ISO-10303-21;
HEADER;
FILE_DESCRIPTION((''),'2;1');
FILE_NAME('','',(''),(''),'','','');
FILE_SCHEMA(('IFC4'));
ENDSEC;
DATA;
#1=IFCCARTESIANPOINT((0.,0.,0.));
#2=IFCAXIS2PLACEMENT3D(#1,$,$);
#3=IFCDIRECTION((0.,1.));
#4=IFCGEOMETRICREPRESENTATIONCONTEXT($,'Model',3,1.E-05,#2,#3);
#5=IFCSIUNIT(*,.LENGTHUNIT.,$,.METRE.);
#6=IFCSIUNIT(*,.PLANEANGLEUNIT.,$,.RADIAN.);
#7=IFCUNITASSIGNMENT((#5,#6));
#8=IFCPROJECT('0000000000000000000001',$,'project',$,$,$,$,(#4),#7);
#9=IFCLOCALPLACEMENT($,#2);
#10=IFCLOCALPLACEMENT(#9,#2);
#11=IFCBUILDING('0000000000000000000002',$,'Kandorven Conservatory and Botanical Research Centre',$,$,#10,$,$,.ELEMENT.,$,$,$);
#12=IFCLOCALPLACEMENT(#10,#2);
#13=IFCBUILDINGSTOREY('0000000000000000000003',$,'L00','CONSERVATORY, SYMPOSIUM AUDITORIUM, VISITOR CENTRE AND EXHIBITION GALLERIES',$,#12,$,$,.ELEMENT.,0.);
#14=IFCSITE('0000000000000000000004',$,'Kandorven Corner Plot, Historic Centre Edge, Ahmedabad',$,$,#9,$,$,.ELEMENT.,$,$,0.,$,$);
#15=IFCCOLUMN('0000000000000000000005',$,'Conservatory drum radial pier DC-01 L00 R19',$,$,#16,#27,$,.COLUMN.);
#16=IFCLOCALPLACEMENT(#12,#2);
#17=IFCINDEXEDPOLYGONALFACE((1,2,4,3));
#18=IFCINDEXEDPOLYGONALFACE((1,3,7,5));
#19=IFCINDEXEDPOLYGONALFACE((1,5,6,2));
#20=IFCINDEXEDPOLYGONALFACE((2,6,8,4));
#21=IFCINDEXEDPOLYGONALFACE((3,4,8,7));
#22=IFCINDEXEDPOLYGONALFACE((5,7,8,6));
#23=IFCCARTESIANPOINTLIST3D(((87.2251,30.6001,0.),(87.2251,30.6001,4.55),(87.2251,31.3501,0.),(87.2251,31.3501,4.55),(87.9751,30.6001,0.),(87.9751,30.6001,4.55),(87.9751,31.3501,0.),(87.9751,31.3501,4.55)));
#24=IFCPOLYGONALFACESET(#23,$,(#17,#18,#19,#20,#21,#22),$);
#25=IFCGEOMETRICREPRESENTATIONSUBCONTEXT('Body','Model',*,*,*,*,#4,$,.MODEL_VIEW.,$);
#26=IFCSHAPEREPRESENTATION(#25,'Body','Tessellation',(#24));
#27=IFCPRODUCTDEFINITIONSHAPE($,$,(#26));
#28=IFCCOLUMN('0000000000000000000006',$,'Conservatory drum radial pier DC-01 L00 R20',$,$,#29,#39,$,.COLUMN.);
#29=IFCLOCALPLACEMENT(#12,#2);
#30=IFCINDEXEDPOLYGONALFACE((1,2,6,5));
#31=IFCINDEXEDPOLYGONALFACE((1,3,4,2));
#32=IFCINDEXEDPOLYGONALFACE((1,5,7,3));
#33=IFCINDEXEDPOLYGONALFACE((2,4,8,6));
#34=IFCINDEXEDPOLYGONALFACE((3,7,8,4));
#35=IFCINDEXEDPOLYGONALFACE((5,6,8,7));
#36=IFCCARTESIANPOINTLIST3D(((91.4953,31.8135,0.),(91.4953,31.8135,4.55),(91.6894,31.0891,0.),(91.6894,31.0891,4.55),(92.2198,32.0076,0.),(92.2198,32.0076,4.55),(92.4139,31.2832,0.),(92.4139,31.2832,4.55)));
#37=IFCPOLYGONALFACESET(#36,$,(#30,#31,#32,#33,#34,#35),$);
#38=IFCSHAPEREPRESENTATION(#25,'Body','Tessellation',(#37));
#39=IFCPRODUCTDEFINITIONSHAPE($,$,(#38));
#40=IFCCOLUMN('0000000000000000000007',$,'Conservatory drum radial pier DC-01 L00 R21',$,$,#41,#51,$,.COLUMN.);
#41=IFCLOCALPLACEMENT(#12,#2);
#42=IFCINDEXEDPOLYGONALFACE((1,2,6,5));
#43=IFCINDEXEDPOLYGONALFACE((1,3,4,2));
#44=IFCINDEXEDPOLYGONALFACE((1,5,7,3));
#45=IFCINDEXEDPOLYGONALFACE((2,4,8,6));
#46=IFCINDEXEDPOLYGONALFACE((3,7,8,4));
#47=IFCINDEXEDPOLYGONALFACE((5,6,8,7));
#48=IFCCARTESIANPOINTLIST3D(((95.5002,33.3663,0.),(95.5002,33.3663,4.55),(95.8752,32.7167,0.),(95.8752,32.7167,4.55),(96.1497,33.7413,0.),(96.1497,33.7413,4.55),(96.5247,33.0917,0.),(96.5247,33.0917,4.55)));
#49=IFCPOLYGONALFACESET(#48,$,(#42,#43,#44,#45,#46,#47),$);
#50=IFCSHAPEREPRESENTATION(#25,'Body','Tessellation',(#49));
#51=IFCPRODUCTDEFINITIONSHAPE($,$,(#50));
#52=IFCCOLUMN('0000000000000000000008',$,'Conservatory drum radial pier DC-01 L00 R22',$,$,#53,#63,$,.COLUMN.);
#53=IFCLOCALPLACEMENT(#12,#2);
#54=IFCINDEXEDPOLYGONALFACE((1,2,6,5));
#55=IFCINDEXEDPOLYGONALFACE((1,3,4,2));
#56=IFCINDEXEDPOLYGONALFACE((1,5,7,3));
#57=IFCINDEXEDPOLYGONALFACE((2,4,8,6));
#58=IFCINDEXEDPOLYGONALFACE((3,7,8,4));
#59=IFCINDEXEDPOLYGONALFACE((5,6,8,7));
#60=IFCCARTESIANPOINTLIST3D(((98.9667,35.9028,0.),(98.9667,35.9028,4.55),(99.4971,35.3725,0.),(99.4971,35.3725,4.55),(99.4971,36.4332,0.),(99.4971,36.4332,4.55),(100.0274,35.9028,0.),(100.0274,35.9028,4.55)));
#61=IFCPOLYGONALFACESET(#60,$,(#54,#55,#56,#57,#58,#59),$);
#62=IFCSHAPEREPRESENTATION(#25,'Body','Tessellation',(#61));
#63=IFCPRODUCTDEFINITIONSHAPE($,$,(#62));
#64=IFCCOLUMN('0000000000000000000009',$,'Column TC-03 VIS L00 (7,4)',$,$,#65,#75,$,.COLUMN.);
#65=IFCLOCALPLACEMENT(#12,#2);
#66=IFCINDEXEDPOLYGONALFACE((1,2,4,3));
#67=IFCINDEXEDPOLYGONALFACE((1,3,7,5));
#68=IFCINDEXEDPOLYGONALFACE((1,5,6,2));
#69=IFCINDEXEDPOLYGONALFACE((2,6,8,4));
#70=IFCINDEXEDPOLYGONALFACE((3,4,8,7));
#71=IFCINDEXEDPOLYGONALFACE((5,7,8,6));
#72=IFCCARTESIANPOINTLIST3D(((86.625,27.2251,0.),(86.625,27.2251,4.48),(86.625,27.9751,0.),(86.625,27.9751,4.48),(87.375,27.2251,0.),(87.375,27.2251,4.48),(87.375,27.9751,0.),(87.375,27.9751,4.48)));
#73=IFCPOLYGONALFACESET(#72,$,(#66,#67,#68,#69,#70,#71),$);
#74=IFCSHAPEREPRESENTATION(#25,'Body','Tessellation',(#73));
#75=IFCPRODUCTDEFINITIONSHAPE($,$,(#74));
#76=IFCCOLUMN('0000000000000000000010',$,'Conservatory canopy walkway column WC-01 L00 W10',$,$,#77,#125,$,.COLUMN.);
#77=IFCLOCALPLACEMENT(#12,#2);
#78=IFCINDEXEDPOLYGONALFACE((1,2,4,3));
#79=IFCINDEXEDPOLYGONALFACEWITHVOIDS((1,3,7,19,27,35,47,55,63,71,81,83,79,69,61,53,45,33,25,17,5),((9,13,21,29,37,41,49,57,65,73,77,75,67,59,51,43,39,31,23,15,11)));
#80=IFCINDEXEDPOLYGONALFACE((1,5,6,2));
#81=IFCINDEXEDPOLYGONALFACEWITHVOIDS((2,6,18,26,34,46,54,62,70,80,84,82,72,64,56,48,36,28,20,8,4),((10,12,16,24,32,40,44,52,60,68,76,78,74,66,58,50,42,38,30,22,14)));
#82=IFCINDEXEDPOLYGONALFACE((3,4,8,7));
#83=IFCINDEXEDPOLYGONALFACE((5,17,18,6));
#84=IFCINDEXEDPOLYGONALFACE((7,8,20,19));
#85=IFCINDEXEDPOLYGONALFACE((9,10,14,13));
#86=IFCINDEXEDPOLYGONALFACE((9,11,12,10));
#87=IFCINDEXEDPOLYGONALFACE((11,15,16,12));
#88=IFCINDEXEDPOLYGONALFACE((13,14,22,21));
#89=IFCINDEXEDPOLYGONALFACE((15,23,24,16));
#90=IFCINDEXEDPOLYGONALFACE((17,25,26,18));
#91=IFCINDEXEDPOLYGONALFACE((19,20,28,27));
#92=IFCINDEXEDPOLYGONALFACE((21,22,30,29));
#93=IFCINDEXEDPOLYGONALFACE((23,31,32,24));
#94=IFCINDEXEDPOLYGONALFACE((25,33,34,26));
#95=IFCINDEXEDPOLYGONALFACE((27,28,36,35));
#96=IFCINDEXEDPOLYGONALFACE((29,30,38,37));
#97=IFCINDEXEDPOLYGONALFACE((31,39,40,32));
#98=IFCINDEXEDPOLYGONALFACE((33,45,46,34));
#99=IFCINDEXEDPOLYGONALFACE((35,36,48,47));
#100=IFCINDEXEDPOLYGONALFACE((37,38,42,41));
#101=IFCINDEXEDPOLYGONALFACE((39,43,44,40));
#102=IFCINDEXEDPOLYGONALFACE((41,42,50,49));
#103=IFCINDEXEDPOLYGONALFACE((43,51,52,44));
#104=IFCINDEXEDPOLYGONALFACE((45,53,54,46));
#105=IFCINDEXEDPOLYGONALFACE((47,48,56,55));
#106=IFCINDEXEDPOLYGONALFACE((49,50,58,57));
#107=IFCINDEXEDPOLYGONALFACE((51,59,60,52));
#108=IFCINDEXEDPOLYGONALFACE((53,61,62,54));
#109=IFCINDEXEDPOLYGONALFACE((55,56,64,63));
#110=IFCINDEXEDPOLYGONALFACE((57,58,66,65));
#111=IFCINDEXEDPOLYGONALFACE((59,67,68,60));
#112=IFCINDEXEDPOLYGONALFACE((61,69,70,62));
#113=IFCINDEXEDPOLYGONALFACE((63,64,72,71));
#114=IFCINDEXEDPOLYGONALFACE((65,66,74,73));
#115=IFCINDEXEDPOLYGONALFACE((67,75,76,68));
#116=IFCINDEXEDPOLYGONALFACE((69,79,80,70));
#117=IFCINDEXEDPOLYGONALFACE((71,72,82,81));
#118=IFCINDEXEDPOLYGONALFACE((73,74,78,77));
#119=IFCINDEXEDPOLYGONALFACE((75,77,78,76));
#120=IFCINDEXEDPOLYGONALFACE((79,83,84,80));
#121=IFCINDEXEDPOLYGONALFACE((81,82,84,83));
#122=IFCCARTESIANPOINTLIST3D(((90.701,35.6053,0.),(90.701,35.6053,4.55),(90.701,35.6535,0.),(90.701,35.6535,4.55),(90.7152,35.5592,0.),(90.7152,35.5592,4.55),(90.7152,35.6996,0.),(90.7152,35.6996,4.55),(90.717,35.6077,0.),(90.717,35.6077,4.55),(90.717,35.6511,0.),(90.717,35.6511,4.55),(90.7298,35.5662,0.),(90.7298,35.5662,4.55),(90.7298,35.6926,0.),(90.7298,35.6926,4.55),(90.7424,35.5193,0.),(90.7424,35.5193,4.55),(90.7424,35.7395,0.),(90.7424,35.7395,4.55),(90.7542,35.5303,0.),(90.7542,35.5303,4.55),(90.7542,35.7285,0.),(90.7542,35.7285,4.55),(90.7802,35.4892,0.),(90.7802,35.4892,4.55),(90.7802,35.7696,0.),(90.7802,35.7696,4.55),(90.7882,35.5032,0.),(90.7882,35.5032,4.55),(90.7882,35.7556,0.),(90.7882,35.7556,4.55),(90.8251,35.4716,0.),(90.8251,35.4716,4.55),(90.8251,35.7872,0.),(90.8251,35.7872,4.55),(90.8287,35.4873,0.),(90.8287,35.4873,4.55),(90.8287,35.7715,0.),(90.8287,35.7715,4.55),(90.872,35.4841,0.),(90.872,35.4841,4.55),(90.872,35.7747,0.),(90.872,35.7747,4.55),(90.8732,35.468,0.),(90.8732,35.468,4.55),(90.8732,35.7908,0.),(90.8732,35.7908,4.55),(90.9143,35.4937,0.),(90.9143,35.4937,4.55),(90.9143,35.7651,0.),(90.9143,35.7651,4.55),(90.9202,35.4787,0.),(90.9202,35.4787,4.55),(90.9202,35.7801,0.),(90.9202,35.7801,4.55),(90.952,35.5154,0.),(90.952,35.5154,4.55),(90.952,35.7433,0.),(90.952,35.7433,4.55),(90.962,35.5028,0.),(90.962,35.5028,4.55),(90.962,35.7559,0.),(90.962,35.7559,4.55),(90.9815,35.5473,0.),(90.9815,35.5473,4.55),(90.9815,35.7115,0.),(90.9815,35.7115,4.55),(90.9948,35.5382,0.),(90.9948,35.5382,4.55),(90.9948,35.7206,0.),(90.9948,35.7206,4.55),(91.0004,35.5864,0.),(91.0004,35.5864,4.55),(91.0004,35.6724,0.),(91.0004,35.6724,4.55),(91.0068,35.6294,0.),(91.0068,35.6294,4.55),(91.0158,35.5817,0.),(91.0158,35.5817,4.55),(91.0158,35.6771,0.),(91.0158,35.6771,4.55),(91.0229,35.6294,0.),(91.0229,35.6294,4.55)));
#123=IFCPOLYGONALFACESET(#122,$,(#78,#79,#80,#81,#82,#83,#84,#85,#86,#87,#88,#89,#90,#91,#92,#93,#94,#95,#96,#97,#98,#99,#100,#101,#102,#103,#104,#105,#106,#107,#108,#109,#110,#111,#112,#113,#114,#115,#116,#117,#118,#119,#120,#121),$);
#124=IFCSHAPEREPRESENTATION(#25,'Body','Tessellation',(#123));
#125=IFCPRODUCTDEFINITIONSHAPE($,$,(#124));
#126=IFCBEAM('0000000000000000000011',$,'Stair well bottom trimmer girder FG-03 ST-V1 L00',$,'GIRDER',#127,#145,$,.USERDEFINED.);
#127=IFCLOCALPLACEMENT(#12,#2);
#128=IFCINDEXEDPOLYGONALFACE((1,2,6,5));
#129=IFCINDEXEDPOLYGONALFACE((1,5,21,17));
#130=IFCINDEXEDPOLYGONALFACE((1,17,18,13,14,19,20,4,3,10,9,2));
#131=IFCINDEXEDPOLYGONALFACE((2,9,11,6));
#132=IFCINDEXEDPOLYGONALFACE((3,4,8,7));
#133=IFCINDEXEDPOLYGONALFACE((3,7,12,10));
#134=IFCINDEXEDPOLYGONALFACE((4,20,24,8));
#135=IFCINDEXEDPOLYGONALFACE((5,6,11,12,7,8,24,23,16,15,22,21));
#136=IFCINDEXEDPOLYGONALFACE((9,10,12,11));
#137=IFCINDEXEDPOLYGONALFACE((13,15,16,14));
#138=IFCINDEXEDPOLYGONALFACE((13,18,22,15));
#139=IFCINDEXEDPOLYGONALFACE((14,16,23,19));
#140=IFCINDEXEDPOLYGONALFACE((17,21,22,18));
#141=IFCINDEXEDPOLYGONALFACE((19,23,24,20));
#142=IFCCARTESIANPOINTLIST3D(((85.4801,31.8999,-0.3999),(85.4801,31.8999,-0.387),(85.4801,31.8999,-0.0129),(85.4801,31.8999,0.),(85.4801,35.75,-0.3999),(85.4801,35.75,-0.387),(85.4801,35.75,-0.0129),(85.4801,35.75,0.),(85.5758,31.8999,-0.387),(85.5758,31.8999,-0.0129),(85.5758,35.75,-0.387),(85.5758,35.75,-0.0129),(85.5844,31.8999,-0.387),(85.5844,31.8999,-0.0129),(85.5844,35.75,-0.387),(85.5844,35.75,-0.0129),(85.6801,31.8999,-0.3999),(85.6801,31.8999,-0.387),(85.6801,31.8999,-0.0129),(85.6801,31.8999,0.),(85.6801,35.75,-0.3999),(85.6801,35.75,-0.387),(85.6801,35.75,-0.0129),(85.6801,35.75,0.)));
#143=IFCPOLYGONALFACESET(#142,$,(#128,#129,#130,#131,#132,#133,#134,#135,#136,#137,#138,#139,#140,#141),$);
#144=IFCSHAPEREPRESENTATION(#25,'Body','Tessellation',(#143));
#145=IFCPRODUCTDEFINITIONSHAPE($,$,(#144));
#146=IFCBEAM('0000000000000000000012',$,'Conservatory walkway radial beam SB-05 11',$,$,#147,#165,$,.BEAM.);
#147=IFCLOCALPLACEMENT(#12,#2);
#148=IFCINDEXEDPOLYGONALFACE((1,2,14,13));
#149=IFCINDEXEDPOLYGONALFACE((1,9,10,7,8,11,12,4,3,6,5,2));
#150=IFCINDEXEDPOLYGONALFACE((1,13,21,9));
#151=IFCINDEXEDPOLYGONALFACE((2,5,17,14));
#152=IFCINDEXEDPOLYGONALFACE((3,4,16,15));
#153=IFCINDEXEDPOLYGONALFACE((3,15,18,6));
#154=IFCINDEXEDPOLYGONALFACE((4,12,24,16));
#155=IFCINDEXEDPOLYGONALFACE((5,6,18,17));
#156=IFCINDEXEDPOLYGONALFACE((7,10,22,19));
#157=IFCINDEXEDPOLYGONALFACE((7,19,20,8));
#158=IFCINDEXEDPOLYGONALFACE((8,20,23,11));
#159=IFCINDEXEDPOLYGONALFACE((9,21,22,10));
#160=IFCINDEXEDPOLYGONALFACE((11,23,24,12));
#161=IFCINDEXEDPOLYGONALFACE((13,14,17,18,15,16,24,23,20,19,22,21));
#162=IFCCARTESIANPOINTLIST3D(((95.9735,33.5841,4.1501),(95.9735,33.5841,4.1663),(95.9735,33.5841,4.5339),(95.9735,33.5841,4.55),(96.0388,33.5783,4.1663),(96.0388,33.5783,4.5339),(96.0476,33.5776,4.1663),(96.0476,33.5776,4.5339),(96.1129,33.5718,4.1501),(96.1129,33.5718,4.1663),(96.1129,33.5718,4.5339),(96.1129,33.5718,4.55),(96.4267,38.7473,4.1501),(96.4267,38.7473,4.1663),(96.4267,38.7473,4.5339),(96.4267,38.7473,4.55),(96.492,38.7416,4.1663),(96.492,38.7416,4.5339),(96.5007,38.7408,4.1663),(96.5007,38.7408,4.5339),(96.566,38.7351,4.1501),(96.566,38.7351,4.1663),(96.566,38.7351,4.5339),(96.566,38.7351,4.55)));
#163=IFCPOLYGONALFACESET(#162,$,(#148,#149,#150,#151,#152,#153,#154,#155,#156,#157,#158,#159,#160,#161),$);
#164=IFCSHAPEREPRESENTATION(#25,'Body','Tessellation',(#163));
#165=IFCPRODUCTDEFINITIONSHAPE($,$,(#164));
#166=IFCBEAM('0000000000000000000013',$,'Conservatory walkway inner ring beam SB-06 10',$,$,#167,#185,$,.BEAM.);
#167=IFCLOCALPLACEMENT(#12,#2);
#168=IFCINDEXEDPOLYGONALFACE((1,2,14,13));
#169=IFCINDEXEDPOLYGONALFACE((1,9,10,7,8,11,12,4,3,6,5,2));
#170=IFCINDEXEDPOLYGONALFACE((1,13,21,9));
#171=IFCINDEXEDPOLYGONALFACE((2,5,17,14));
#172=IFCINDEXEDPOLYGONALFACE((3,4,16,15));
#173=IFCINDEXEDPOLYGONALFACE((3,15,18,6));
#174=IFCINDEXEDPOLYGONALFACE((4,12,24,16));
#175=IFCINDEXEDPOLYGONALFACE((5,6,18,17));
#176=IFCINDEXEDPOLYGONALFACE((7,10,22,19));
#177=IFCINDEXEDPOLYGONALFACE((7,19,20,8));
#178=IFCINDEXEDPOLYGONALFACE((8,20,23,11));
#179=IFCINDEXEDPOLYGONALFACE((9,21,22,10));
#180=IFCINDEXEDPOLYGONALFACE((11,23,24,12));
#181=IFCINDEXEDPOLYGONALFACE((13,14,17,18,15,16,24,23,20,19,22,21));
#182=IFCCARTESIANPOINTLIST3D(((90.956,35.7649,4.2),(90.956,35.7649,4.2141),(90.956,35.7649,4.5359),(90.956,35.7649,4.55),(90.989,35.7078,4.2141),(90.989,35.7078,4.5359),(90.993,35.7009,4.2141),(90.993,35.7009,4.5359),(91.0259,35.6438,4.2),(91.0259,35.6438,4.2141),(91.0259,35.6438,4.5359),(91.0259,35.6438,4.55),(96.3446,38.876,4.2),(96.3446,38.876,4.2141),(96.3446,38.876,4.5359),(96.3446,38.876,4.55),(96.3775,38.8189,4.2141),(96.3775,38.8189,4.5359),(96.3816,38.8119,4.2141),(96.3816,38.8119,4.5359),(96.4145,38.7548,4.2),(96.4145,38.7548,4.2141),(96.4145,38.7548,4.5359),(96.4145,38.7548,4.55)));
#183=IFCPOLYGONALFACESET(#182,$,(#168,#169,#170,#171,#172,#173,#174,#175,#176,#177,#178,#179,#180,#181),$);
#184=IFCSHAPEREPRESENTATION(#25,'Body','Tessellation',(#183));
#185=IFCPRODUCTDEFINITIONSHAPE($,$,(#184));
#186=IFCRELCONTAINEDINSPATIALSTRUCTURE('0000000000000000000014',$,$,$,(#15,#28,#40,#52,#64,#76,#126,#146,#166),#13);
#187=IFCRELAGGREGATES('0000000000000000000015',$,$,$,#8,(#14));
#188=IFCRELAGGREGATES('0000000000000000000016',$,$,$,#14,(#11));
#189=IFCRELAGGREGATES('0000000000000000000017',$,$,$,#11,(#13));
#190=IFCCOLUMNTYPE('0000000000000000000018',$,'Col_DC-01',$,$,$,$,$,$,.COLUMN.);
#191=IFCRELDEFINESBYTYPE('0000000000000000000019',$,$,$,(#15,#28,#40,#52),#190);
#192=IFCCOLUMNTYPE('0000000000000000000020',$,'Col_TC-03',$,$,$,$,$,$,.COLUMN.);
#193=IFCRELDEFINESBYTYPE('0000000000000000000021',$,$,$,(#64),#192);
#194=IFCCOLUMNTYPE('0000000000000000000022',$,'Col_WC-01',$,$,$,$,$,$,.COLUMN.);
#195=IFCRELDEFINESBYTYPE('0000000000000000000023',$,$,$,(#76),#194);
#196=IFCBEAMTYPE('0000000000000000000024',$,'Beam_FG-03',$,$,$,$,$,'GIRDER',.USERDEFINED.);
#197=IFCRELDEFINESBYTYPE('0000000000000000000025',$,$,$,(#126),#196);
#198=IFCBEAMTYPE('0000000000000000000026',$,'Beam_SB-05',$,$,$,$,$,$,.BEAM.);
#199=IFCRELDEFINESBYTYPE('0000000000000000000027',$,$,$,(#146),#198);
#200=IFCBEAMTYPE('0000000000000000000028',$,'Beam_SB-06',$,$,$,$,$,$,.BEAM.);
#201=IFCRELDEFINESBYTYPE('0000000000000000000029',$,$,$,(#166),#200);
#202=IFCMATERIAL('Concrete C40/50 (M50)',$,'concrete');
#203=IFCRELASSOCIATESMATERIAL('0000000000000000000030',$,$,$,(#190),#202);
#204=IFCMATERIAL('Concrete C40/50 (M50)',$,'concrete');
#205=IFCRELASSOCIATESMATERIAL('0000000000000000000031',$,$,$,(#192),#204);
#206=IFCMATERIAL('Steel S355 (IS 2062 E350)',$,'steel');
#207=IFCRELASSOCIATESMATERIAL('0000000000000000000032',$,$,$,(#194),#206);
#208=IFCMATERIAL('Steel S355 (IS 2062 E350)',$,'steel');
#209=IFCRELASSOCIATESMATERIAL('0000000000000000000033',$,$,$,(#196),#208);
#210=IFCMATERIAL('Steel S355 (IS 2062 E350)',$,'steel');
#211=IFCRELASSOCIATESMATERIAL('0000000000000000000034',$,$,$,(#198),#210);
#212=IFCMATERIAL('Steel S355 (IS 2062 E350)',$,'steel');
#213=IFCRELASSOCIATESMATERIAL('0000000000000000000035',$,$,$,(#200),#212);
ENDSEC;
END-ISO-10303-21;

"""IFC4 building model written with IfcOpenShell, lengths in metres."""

from ifc_helpers import new_model, si_unit, direction, frame, origin, origin_2d, place, context, subcontext, project, spatial, rectangle, hollow_circle, i_section, extrude, material, material_profile, profile_set, type_object, element, save


model = new_model("IFC4")

# Units and contexts
model_context = context("Model", 3, precision=1e-05, world=origin(), true_north=direction((0.0, 1.0)))
body_context = subcontext(model_context, "Body", "Model", "MODEL_VIEW")
ifc_project = project(units=[si_unit("LENGTHUNIT", "METRE"), si_unit("PLANEANGLEUNIT", "RADIAN")], contexts=[model_context])

# Site, building, storey
site_placement = place(None, origin())
site = spatial("IfcSite", under=ifc_project, at=site_placement, Name="Kandorven Corner Plot, Historic Centre Edge, Ahmedabad", CompositionType="ELEMENT", RefElevation=0.0)
building_placement = place(site_placement, origin())
building = spatial("IfcBuilding", under=site, at=building_placement, Name="Kandorven Conservatory and Botanical Research Centre", CompositionType="ELEMENT")
storey_placement = place(building_placement, origin())
storey = spatial("IfcBuildingStorey", under=building, at=storey_placement, Name="L00", Description="CONSERVATORY, SYMPOSIUM AUDITORIUM, VISITOR CENTRE AND EXHIBITION GALLERIES", CompositionType="ELEMENT", Elevation=0.0)

# Columns
ifc_material_1 = material(Name="Concrete C40/50 (M50)", Category="concrete")
ifc_material_profile_1 = material_profile(ifc_material_1, rectangle(XDim=0.75, YDim=0.75, at=origin_2d()))
ifc_profile_set_1 = profile_set([ifc_material_profile_1], Name="Concrete C40/50 (M50)")
column_type_1 = type_object("IfcColumnType", Name="Col_DC-01", PredefinedType="COLUMN", material=ifc_profile_set_1)
for number, where, z_axis, x_axis, name in (
    (1, (87.6001, 30.9751, 0.0), (0.0, 0.0, 1.0), (0.0, -1.0, 0.0), "Conservatory drum radial pier DC-01 L00 R19"),
    (2, (91.9546, 31.5483, 0.0), (0.0, 0.0, 1.0), (0.258819, -0.965926, 0.0), "Conservatory drum radial pier DC-01 L00 R20"),
    (3, (96.0125, 33.229, 0.0), (0.0, 0.0, 1.0), (0.5, -0.866025, 0.0), "Conservatory drum radial pier DC-01 L00 R21"),
    (4, (99.4971, 35.9028, 0.0), (0.0, 0.0, 1.0), (0.707107, -0.707107, 0.0), "Conservatory drum radial pier DC-01 L00 R22"),
):
    element("IfcColumn", number, at=place(storey_placement, frame(where, z_axis=z_axis, x_axis=x_axis)), inside=storey, type_object=column_type_1, Name=name, PredefinedType="COLUMN", context=body_context, shape_type="SweptSolid", body=[
        extrude(rectangle(XDim=0.75, YDim=0.75, at=origin_2d()), origin(), (0.0, 0.0, 1.0), 4.55),
    ])
ifc_material_2 = material(Name="Concrete C40/50 (M50)", Category="concrete")
ifc_material_profile_2 = material_profile(ifc_material_2, rectangle(XDim=0.75, YDim=0.75, at=origin_2d()))
ifc_profile_set_2 = profile_set([ifc_material_profile_2], Name="Concrete C40/50 (M50)")
column_type_2 = type_object("IfcColumnType", Name="Col_TC-03", PredefinedType="COLUMN", material=ifc_profile_set_2)
column_1_placement = place(storey_placement, frame((87.0, 27.6001, 0.0), z_axis=(0.0, 0.0, 1.0), x_axis=(1.0, 0.0, 0.0)))
element("IfcColumn", 5, at=column_1_placement, inside=storey, type_object=column_type_2, Name="Column TC-03 VIS L00 (7,4)", PredefinedType="COLUMN", context=body_context, shape_type="SweptSolid", body=[
    extrude(rectangle(XDim=0.75, YDim=0.75, at=origin_2d()), origin(), (0.0, 0.0, 1.0), 4.48),
])
ifc_material_3 = material(Name="Steel S355 (IS 2062 E350)", Category="steel")
ifc_material_profile_3 = material_profile(ifc_material_3, hollow_circle(Radius=0.1619, WallThickness=0.0161, at=origin_2d()))
ifc_profile_set_3 = profile_set([ifc_material_profile_3], Name="Steel S355 (IS 2062 E350)")
column_type_3 = type_object("IfcColumnType", Name="Col_WC-01", PredefinedType="COLUMN", material=ifc_profile_set_3)
column_2_placement = place(storey_placement, frame((90.8611, 35.6294, 0.0), z_axis=(0.0, 0.0, 1.0), x_axis=(1.0, 0.0, 0.0)))
element("IfcColumn", 6, at=column_2_placement, inside=storey, type_object=column_type_3, Name="Conservatory canopy walkway column WC-01 L00 W10", PredefinedType="COLUMN", context=body_context, shape_type="SweptSolid", body=[
    extrude(hollow_circle(Radius=0.1619, WallThickness=0.0161, at=origin_2d()), origin(), (0.0, 0.0, 1.0), 4.55),
])

# Beams
ifc_material_4 = material(Name="Steel S355 (IS 2062 E350)", Category="steel")
ifc_material_profile_4 = material_profile(ifc_material_4, i_section(OverallWidth=0.2, OverallDepth=0.3999, WebThickness=0.0085, FlangeThickness=0.0129, at=origin_2d()))
ifc_profile_set_4 = profile_set([ifc_material_profile_4], Name="Steel S355 (IS 2062 E350)")
beam_type_1 = type_object("IfcBeamType", Name="Beam_FG-03", ElementType="GIRDER", PredefinedType="USERDEFINED", material=ifc_profile_set_4)
beam_1_placement = place(storey_placement, frame((85.5801, 31.8999, -0.2), z_axis=(0.0, 1.0, 0.0), x_axis=(-1.0, 0.0, 0.0)))
element("IfcBeam", 7, at=beam_1_placement, inside=storey, type_object=beam_type_1, Name="Stair well bottom trimmer girder FG-03 ST-V1 L00", ObjectType="GIRDER", PredefinedType="USERDEFINED", context=body_context, shape_type="SweptSolid", body=[
    extrude(i_section(OverallWidth=0.2, OverallDepth=0.3999, WebThickness=0.0085, FlangeThickness=0.0129, at=origin_2d()), origin(), (0.0, 0.0, 1.0), 3.8501),
])
ifc_material_5 = material(Name="Steel S355 (IS 2062 E350)", Category="steel")
ifc_material_profile_5 = material_profile(ifc_material_5, i_section(OverallWidth=0.1399, OverallDepth=0.3999, WebThickness=0.0088, FlangeThickness=0.0161, at=origin_2d()))
ifc_profile_set_5 = profile_set([ifc_material_profile_5], Name="Steel S355 (IS 2062 E350)")
beam_type_2 = type_object("IfcBeamType", Name="Beam_SB-05", PredefinedType="BEAM", material=ifc_profile_set_5)
beam_2_placement = place(storey_placement, frame((96.4963, 38.7412, 4.3501), z_axis=(-0.087422, -0.996171, 0.0), x_axis=(0.996171, -0.087422, 0.0)))
element("IfcBeam", 8, at=beam_2_placement, inside=storey, type_object=beam_type_2, Name="Conservatory walkway radial beam SB-05 11", PredefinedType="BEAM", context=body_context, shape_type="SweptSolid", body=[
    extrude(i_section(OverallWidth=0.1399, OverallDepth=0.3999, WebThickness=0.0088, FlangeThickness=0.0161, at=origin_2d()), origin(), (0.0, 0.0, 1.0), 5.1831),
])
ifc_material_6 = material(Name="Steel S355 (IS 2062 E350)", Category="steel")
ifc_material_profile_6 = material_profile(ifc_material_6, i_section(OverallWidth=0.1399, OverallDepth=0.3501, WebThickness=0.0081, FlangeThickness=0.0142, at=origin_2d()))
ifc_profile_set_6 = profile_set([ifc_material_profile_6], Name="Steel S355 (IS 2062 E350)")
beam_type_3 = type_object("IfcBeamType", Name="Beam_SB-06", PredefinedType="BEAM", material=ifc_profile_set_6)
beam_3_placement = place(storey_placement, frame((90.991, 35.7043, 4.375), z_axis=(0.86603, 0.499992, 0.0), x_axis=(-0.499992, 0.86603, 0.0)))
element("IfcBeam", 9, at=beam_3_placement, inside=storey, type_object=beam_type_3, Name="Conservatory walkway inner ring beam SB-06 10", PredefinedType="BEAM", context=body_context, shape_type="SweptSolid", body=[
    extrude(i_section(OverallWidth=0.1399, OverallDepth=0.3501, WebThickness=0.0081, FlangeThickness=0.0142, at=origin_2d()), origin(), (0.0, 0.0, 1.0), 6.2222),
])

save(model, "model.ifc")
